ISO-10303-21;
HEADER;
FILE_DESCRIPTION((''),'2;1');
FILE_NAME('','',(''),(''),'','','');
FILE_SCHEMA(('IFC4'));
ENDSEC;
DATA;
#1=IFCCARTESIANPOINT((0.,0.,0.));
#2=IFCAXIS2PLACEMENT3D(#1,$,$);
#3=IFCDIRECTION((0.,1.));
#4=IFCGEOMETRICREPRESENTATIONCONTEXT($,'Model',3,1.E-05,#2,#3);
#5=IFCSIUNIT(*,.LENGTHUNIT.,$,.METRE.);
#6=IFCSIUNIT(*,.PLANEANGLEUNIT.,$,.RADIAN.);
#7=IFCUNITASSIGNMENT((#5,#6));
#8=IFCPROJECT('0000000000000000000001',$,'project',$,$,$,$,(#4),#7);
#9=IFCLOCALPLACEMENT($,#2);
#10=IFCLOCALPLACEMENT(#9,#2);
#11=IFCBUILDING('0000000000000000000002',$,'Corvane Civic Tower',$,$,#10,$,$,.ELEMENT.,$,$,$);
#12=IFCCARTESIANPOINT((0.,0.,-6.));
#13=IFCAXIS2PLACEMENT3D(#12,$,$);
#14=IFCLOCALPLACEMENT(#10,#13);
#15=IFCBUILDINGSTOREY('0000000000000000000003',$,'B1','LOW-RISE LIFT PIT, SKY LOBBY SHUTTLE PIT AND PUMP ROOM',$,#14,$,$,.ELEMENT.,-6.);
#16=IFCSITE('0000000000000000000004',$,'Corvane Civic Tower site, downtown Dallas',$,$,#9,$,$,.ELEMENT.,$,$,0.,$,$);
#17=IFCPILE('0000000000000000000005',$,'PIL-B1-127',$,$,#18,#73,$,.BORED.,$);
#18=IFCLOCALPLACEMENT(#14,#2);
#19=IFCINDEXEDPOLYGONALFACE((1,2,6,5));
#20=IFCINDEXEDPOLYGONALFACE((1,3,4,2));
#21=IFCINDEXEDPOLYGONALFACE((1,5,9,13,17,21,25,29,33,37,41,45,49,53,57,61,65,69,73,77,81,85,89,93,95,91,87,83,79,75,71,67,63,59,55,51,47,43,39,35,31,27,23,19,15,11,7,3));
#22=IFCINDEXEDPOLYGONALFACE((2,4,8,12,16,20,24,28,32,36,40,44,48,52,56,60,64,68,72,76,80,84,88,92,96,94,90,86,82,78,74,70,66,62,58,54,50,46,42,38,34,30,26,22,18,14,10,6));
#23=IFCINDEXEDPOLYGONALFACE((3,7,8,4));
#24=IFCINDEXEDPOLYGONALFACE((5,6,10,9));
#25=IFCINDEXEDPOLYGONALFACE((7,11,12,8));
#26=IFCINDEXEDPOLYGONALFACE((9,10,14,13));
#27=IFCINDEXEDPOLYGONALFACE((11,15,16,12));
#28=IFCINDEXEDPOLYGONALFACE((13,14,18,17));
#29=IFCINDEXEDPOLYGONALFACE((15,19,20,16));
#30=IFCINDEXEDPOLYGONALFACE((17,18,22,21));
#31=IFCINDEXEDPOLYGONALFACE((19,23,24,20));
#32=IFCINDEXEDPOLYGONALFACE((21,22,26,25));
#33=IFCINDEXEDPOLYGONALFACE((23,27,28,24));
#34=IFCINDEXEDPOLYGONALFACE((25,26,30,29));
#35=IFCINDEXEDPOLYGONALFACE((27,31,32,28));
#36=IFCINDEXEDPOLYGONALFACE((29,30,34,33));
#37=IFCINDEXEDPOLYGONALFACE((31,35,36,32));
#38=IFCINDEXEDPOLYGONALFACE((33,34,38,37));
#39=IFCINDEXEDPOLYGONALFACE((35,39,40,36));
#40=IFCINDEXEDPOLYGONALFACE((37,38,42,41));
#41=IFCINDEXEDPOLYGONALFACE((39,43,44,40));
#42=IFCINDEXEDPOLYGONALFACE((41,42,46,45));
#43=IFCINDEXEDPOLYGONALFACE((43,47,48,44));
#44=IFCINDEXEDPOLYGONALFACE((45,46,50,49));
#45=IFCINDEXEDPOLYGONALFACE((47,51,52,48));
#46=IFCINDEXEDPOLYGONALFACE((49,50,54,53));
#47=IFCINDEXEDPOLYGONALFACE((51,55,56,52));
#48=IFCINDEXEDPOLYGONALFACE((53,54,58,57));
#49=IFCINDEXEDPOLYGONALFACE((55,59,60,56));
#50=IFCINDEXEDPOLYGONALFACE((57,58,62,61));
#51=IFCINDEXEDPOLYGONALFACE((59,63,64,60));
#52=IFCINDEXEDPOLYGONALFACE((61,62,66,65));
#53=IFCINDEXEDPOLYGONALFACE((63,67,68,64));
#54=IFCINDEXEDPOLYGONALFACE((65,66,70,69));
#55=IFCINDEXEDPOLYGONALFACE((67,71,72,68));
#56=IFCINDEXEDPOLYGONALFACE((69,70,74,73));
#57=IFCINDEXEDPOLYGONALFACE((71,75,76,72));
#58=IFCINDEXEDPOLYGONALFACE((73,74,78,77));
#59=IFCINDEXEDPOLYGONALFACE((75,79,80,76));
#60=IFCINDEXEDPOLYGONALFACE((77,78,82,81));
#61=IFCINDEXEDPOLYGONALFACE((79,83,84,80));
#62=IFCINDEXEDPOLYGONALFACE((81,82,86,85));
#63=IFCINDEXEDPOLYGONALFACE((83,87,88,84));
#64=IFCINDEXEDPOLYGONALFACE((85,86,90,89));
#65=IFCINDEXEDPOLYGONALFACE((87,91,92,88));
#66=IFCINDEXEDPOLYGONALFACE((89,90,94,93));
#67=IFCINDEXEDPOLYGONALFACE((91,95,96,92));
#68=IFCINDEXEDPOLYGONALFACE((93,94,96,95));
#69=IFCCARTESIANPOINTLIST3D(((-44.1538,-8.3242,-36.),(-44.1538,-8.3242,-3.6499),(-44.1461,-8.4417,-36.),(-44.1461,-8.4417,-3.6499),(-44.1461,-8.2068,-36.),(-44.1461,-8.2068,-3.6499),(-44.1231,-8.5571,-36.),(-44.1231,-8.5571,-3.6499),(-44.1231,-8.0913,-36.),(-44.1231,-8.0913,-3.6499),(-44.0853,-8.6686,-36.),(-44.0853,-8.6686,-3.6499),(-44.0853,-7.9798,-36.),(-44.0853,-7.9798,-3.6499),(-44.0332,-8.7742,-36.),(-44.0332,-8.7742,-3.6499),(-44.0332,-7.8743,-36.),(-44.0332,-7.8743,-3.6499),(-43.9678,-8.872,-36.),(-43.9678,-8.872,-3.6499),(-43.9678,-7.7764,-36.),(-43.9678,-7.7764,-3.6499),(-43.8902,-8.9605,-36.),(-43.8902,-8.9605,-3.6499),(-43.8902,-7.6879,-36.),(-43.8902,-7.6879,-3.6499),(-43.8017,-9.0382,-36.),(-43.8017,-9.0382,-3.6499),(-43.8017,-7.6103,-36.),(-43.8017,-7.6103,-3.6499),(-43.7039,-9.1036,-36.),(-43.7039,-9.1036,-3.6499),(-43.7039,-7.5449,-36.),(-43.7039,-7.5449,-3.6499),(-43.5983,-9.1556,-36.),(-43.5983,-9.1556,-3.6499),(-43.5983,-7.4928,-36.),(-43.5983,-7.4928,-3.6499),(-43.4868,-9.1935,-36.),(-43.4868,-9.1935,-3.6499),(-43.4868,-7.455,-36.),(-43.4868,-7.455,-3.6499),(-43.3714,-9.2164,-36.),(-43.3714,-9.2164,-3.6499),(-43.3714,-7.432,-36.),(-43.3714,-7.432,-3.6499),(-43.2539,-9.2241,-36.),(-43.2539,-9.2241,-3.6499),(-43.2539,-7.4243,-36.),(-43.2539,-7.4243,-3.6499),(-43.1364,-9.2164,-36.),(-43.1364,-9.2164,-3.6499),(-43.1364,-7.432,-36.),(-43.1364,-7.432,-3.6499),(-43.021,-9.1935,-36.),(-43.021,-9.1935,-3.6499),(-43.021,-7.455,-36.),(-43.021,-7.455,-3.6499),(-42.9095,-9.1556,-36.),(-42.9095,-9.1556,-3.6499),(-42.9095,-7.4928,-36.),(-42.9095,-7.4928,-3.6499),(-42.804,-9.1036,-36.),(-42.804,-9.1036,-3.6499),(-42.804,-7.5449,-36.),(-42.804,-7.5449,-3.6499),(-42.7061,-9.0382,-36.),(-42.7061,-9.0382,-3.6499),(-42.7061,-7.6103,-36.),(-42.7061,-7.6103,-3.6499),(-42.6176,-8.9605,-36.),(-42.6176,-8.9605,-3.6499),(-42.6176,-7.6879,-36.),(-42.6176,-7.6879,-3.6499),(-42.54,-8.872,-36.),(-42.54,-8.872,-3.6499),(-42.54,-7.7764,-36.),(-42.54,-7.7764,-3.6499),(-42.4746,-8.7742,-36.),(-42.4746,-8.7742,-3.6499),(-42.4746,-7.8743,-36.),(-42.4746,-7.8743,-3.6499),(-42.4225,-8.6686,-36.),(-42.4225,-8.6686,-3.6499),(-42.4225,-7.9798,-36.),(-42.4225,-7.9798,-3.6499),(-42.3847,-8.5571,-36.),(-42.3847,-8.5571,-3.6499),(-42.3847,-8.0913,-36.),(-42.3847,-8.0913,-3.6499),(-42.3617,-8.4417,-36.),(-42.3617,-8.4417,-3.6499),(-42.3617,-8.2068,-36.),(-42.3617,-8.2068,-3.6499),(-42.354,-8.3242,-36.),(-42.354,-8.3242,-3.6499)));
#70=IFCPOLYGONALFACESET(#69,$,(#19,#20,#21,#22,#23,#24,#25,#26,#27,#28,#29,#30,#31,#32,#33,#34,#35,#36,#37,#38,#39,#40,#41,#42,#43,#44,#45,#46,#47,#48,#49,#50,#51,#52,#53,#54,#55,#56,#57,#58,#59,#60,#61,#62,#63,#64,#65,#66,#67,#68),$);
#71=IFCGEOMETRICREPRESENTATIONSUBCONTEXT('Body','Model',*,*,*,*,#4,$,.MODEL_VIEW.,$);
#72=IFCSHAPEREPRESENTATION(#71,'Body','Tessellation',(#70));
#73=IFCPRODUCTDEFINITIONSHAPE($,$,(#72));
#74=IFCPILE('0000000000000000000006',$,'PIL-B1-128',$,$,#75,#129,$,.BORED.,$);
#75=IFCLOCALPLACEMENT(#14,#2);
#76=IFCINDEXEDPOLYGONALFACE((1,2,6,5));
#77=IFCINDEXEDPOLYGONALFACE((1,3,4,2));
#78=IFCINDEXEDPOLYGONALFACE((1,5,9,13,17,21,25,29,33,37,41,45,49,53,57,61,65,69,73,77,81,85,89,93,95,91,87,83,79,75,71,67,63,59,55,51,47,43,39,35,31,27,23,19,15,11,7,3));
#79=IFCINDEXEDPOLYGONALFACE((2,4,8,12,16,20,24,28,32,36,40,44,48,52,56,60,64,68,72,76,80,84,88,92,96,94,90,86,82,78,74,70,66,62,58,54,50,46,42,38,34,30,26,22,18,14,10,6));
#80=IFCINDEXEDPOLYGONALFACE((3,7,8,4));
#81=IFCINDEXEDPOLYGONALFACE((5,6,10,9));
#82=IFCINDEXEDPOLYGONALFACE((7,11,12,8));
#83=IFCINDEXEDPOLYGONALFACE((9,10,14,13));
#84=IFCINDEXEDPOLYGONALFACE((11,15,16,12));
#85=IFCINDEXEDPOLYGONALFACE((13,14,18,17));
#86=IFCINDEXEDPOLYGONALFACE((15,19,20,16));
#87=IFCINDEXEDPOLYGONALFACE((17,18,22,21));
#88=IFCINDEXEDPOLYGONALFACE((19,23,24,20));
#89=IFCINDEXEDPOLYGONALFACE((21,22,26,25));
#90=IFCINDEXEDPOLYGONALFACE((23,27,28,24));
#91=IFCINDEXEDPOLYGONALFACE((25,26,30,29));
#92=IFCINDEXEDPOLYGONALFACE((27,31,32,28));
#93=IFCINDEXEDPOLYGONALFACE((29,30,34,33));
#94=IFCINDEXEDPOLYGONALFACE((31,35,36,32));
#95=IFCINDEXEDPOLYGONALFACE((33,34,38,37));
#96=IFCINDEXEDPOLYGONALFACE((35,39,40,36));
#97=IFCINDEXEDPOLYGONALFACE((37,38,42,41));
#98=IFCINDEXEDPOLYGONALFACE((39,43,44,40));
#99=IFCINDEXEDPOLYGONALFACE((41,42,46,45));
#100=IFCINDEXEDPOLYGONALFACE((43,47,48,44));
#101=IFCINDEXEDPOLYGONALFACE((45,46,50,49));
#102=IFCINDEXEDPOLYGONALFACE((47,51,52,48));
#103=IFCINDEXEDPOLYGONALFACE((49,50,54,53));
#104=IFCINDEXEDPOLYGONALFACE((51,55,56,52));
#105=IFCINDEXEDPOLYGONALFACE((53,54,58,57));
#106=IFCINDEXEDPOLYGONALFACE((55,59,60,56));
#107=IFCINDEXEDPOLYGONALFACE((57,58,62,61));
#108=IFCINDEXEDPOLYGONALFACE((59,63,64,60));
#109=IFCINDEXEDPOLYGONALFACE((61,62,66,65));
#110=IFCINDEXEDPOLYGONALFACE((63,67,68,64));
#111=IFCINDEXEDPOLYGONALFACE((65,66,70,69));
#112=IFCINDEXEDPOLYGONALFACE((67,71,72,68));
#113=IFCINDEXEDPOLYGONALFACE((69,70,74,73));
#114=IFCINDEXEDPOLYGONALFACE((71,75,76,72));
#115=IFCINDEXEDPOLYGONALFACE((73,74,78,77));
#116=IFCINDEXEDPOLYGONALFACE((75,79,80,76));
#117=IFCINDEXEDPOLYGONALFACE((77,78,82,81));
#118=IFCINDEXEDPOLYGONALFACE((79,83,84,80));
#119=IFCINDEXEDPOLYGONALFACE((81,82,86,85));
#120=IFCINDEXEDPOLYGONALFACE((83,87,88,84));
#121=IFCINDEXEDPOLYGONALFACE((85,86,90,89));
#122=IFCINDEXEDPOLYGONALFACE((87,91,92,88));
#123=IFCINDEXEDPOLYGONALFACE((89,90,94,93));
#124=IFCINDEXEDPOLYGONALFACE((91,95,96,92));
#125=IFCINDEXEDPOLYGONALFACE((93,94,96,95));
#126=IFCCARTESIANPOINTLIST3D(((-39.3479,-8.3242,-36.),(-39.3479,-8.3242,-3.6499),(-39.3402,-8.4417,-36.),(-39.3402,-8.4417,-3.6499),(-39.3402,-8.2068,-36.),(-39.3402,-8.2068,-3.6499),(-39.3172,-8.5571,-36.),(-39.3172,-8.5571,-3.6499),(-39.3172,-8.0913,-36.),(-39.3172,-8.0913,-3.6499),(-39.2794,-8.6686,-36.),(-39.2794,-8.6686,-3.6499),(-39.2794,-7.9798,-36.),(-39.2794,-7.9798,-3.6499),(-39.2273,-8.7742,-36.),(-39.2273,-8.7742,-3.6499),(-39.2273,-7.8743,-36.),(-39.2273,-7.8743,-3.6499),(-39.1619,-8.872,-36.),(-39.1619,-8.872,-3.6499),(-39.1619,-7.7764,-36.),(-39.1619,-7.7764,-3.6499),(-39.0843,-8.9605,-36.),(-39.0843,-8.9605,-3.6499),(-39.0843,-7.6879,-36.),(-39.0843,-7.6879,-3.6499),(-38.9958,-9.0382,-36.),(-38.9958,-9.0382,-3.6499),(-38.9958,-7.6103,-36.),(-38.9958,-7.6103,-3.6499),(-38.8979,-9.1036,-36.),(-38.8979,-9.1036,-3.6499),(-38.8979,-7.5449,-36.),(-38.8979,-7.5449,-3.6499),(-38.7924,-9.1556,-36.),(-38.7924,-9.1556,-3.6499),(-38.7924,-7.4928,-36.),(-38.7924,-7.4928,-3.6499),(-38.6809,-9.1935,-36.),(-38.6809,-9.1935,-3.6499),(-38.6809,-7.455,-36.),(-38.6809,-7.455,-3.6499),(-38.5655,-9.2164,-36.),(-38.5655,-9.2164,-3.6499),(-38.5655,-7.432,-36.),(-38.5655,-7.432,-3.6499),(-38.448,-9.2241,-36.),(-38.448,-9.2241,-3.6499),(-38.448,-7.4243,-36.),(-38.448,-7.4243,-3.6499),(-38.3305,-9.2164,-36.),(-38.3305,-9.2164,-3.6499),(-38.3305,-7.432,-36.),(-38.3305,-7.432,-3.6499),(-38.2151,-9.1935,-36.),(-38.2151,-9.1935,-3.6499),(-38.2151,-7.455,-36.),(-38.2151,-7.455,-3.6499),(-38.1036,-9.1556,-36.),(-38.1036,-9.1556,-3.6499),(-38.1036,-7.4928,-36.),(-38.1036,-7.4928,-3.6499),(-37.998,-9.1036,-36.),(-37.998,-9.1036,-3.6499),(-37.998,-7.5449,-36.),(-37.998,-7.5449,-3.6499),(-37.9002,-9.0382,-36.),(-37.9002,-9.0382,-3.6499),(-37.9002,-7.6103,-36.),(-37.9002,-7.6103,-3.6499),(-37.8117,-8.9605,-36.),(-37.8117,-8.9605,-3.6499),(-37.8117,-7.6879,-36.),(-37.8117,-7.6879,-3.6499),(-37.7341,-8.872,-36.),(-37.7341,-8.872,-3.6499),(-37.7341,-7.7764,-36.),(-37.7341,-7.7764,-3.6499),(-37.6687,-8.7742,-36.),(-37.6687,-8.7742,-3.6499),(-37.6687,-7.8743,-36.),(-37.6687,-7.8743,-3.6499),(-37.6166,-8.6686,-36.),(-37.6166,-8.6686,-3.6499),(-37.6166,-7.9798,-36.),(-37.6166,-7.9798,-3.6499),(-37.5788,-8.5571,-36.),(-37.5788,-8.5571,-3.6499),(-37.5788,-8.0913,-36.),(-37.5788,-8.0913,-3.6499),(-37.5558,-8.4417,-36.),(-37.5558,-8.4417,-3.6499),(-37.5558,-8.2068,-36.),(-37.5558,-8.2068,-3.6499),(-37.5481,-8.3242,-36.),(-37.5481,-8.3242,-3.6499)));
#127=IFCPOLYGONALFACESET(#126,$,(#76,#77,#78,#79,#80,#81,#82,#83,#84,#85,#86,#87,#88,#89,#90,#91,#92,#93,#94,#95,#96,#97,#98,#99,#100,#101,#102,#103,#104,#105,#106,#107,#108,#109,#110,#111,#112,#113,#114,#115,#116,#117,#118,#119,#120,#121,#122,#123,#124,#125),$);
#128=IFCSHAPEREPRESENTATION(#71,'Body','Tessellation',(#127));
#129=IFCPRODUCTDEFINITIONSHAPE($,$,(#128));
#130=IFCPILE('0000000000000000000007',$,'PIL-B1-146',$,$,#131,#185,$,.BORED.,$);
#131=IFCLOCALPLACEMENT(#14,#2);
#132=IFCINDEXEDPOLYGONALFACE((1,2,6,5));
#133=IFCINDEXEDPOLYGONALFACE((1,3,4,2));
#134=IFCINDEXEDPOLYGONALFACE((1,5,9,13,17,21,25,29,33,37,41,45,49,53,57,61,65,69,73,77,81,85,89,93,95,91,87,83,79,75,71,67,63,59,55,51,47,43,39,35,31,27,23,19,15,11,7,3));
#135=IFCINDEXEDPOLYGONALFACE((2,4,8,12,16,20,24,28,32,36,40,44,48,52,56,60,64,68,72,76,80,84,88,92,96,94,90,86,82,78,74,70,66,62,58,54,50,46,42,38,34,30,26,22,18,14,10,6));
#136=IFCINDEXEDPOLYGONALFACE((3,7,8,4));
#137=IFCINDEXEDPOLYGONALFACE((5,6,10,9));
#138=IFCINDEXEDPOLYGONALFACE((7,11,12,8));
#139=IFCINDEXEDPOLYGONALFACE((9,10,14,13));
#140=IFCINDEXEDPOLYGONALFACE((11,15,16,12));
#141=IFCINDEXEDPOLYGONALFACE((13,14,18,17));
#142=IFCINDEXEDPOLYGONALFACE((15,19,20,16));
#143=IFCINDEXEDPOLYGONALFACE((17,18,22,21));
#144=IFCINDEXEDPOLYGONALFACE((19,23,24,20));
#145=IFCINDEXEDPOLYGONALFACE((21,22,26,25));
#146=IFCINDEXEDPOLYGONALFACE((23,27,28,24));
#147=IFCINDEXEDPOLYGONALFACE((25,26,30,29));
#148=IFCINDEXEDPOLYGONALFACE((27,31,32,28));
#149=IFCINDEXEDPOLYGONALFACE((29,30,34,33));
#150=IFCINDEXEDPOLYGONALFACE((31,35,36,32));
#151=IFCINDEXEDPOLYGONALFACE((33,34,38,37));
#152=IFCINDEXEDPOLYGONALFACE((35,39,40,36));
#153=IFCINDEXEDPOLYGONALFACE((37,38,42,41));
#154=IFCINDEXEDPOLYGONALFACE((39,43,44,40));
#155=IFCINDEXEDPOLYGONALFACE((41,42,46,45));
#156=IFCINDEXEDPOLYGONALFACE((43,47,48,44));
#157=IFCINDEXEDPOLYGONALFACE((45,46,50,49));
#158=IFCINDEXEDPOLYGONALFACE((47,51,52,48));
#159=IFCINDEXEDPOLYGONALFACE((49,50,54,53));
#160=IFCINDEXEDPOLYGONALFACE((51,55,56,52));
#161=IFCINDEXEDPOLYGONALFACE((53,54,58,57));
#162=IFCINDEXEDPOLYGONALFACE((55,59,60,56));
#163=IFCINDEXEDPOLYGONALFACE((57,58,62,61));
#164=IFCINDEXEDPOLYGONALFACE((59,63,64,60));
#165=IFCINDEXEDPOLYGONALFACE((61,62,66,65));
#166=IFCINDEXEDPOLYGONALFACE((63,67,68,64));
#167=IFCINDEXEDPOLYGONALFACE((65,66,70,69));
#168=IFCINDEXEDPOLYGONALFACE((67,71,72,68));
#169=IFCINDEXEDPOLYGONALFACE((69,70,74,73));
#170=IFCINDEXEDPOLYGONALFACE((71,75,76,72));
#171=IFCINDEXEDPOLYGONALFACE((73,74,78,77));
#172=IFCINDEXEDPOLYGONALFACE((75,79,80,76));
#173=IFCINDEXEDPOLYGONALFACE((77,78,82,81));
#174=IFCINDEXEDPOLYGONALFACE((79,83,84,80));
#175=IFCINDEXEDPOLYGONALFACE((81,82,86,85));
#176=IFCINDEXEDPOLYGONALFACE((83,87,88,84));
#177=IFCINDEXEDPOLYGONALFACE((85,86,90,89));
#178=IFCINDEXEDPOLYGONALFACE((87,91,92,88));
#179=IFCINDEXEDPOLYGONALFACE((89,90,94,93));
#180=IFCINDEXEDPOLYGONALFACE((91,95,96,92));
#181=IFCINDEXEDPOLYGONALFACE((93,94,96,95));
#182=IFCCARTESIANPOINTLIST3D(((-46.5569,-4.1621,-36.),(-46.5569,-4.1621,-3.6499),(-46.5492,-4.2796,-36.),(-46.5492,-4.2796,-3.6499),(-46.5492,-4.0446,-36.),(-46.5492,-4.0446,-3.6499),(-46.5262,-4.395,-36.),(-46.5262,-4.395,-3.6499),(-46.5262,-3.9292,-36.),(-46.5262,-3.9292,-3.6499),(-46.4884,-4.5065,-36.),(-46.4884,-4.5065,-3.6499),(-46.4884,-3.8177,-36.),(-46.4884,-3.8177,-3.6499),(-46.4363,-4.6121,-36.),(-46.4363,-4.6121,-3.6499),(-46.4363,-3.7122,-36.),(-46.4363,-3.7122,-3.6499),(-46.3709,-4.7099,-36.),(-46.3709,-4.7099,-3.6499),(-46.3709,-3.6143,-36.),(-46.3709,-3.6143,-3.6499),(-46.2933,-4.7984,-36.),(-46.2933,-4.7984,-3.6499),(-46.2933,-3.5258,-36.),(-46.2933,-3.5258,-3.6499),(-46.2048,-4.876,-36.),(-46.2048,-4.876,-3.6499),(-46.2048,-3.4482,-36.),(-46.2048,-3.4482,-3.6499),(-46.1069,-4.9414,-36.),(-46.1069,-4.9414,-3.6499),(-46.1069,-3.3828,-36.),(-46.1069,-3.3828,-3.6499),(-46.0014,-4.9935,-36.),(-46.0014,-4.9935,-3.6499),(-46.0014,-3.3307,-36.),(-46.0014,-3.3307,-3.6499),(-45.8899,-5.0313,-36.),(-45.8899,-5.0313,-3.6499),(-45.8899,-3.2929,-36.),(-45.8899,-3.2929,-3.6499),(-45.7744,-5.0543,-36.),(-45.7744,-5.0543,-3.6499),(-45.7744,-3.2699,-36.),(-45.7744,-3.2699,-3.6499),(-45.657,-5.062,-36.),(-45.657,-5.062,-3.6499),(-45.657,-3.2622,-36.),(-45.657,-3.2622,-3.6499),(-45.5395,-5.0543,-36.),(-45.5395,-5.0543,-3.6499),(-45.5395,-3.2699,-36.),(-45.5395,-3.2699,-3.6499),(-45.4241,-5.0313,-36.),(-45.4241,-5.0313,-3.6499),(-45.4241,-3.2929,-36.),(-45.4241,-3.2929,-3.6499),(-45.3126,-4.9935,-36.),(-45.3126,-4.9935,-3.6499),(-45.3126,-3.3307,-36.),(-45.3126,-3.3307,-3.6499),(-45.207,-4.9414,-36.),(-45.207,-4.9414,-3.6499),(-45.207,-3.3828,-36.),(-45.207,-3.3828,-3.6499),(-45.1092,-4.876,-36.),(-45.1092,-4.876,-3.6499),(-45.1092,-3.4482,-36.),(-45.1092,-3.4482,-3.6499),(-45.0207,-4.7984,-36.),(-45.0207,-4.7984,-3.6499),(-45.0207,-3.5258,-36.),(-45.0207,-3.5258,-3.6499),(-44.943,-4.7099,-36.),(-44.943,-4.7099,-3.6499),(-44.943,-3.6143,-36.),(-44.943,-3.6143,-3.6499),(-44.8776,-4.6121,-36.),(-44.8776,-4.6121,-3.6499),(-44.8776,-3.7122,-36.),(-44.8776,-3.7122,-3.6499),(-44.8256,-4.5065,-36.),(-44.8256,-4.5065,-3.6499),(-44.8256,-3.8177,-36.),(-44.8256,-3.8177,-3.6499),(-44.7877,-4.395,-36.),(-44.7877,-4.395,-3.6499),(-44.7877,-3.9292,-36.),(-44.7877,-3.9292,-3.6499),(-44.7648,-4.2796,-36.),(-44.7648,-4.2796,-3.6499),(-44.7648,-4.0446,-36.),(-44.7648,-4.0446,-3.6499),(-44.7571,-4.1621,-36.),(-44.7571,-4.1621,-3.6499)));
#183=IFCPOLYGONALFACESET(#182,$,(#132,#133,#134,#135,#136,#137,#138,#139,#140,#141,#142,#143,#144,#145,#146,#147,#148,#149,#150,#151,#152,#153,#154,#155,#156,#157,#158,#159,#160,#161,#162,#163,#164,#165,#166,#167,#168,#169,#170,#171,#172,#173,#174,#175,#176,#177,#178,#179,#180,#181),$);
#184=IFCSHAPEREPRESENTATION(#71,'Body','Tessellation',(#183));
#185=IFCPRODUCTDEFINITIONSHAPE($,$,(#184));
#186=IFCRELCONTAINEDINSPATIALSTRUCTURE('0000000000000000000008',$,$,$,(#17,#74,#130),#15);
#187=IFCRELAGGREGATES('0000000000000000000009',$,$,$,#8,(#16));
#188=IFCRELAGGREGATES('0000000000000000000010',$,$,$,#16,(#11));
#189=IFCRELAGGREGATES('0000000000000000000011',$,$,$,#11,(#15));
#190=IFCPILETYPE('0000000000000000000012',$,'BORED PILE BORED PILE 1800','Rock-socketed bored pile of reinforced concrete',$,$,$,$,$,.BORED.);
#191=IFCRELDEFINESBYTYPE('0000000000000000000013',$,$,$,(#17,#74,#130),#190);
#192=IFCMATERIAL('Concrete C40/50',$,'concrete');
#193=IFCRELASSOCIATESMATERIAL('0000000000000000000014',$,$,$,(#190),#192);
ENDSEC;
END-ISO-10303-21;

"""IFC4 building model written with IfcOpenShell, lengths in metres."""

from ifc_helpers import new_model, si_unit, direction, frame, origin, origin_2d, place, context, subcontext, project, spatial, circle, extrude, material, material_profile, profile_set, type_object, element, save


model = new_model("IFC4")

# Units and contexts
model_context = context("Model", 3, precision=1e-05, world=origin(), true_north=direction((0.0, 1.0)))
body_context = subcontext(model_context, "Body", "Model", "MODEL_VIEW")
ifc_project = project(units=[si_unit("LENGTHUNIT", "METRE"), si_unit("PLANEANGLEUNIT", "RADIAN")], contexts=[model_context])

# Site, building, storey
site_placement = place(None, origin())
site = spatial("IfcSite", under=ifc_project, at=site_placement, Name="Corvane Civic Tower site, downtown Dallas", CompositionType="ELEMENT", RefElevation=0.0)
building_placement = place(site_placement, origin())
building = spatial("IfcBuilding", under=site, at=building_placement, Name="Corvane Civic Tower", CompositionType="ELEMENT")
storey_placement = place(building_placement, frame((0.0, 0.0, -6.0)))
storey = spatial("IfcBuildingStorey", under=building, at=storey_placement, Name="B1", Description="LOW-RISE LIFT PIT, SKY LOBBY SHUTTLE PIT AND PUMP ROOM", CompositionType="ELEMENT", Elevation=-6.0)

# Piles
ifc_material_1 = material(Name="Concrete C40/50", Category="concrete")
ifc_material_profile_1 = material_profile(ifc_material_1, circle(Radius=0.8999, at=origin_2d()), Name="BORED PILE 1800")
ifc_profile_set_1 = profile_set([ifc_material_profile_1], Name="Concrete C40/50")
pile_type_1 = type_object("IfcPileType", Name="BORED PILE BORED PILE 1800", Description="Rock-socketed bored pile of reinforced concrete", PredefinedType="BORED", material=ifc_profile_set_1)
for number, where, z_axis, x_axis, name in (
    (1, (-43.2539, -8.3242, -3.6499), (0.0, 0.0, -1.0), (1.0, 0.0, 0.0), "PIL-B1-127"),
    (2, (-38.448, -8.3242, -3.6499), (0.0, 0.0, -1.0), (1.0, 0.0, 0.0), "PIL-B1-128"),
    (3, (-45.657, -4.1621, -3.6499), (0.0, 0.0, -1.0), (1.0, 0.0, 0.0), "PIL-B1-146"),
):
    element("IfcPile", number, at=place(storey_placement, frame(where, z_axis=z_axis, x_axis=x_axis)), inside=storey, type_object=pile_type_1, Name=name, PredefinedType="BORED", context=body_context, shape_type="SweptSolid", body=[
        extrude(circle(Radius=0.8999, at=origin_2d()), origin(), (0.0, 0.0, 1.0), 32.3501),
    ])

save(model, "model.ifc")
